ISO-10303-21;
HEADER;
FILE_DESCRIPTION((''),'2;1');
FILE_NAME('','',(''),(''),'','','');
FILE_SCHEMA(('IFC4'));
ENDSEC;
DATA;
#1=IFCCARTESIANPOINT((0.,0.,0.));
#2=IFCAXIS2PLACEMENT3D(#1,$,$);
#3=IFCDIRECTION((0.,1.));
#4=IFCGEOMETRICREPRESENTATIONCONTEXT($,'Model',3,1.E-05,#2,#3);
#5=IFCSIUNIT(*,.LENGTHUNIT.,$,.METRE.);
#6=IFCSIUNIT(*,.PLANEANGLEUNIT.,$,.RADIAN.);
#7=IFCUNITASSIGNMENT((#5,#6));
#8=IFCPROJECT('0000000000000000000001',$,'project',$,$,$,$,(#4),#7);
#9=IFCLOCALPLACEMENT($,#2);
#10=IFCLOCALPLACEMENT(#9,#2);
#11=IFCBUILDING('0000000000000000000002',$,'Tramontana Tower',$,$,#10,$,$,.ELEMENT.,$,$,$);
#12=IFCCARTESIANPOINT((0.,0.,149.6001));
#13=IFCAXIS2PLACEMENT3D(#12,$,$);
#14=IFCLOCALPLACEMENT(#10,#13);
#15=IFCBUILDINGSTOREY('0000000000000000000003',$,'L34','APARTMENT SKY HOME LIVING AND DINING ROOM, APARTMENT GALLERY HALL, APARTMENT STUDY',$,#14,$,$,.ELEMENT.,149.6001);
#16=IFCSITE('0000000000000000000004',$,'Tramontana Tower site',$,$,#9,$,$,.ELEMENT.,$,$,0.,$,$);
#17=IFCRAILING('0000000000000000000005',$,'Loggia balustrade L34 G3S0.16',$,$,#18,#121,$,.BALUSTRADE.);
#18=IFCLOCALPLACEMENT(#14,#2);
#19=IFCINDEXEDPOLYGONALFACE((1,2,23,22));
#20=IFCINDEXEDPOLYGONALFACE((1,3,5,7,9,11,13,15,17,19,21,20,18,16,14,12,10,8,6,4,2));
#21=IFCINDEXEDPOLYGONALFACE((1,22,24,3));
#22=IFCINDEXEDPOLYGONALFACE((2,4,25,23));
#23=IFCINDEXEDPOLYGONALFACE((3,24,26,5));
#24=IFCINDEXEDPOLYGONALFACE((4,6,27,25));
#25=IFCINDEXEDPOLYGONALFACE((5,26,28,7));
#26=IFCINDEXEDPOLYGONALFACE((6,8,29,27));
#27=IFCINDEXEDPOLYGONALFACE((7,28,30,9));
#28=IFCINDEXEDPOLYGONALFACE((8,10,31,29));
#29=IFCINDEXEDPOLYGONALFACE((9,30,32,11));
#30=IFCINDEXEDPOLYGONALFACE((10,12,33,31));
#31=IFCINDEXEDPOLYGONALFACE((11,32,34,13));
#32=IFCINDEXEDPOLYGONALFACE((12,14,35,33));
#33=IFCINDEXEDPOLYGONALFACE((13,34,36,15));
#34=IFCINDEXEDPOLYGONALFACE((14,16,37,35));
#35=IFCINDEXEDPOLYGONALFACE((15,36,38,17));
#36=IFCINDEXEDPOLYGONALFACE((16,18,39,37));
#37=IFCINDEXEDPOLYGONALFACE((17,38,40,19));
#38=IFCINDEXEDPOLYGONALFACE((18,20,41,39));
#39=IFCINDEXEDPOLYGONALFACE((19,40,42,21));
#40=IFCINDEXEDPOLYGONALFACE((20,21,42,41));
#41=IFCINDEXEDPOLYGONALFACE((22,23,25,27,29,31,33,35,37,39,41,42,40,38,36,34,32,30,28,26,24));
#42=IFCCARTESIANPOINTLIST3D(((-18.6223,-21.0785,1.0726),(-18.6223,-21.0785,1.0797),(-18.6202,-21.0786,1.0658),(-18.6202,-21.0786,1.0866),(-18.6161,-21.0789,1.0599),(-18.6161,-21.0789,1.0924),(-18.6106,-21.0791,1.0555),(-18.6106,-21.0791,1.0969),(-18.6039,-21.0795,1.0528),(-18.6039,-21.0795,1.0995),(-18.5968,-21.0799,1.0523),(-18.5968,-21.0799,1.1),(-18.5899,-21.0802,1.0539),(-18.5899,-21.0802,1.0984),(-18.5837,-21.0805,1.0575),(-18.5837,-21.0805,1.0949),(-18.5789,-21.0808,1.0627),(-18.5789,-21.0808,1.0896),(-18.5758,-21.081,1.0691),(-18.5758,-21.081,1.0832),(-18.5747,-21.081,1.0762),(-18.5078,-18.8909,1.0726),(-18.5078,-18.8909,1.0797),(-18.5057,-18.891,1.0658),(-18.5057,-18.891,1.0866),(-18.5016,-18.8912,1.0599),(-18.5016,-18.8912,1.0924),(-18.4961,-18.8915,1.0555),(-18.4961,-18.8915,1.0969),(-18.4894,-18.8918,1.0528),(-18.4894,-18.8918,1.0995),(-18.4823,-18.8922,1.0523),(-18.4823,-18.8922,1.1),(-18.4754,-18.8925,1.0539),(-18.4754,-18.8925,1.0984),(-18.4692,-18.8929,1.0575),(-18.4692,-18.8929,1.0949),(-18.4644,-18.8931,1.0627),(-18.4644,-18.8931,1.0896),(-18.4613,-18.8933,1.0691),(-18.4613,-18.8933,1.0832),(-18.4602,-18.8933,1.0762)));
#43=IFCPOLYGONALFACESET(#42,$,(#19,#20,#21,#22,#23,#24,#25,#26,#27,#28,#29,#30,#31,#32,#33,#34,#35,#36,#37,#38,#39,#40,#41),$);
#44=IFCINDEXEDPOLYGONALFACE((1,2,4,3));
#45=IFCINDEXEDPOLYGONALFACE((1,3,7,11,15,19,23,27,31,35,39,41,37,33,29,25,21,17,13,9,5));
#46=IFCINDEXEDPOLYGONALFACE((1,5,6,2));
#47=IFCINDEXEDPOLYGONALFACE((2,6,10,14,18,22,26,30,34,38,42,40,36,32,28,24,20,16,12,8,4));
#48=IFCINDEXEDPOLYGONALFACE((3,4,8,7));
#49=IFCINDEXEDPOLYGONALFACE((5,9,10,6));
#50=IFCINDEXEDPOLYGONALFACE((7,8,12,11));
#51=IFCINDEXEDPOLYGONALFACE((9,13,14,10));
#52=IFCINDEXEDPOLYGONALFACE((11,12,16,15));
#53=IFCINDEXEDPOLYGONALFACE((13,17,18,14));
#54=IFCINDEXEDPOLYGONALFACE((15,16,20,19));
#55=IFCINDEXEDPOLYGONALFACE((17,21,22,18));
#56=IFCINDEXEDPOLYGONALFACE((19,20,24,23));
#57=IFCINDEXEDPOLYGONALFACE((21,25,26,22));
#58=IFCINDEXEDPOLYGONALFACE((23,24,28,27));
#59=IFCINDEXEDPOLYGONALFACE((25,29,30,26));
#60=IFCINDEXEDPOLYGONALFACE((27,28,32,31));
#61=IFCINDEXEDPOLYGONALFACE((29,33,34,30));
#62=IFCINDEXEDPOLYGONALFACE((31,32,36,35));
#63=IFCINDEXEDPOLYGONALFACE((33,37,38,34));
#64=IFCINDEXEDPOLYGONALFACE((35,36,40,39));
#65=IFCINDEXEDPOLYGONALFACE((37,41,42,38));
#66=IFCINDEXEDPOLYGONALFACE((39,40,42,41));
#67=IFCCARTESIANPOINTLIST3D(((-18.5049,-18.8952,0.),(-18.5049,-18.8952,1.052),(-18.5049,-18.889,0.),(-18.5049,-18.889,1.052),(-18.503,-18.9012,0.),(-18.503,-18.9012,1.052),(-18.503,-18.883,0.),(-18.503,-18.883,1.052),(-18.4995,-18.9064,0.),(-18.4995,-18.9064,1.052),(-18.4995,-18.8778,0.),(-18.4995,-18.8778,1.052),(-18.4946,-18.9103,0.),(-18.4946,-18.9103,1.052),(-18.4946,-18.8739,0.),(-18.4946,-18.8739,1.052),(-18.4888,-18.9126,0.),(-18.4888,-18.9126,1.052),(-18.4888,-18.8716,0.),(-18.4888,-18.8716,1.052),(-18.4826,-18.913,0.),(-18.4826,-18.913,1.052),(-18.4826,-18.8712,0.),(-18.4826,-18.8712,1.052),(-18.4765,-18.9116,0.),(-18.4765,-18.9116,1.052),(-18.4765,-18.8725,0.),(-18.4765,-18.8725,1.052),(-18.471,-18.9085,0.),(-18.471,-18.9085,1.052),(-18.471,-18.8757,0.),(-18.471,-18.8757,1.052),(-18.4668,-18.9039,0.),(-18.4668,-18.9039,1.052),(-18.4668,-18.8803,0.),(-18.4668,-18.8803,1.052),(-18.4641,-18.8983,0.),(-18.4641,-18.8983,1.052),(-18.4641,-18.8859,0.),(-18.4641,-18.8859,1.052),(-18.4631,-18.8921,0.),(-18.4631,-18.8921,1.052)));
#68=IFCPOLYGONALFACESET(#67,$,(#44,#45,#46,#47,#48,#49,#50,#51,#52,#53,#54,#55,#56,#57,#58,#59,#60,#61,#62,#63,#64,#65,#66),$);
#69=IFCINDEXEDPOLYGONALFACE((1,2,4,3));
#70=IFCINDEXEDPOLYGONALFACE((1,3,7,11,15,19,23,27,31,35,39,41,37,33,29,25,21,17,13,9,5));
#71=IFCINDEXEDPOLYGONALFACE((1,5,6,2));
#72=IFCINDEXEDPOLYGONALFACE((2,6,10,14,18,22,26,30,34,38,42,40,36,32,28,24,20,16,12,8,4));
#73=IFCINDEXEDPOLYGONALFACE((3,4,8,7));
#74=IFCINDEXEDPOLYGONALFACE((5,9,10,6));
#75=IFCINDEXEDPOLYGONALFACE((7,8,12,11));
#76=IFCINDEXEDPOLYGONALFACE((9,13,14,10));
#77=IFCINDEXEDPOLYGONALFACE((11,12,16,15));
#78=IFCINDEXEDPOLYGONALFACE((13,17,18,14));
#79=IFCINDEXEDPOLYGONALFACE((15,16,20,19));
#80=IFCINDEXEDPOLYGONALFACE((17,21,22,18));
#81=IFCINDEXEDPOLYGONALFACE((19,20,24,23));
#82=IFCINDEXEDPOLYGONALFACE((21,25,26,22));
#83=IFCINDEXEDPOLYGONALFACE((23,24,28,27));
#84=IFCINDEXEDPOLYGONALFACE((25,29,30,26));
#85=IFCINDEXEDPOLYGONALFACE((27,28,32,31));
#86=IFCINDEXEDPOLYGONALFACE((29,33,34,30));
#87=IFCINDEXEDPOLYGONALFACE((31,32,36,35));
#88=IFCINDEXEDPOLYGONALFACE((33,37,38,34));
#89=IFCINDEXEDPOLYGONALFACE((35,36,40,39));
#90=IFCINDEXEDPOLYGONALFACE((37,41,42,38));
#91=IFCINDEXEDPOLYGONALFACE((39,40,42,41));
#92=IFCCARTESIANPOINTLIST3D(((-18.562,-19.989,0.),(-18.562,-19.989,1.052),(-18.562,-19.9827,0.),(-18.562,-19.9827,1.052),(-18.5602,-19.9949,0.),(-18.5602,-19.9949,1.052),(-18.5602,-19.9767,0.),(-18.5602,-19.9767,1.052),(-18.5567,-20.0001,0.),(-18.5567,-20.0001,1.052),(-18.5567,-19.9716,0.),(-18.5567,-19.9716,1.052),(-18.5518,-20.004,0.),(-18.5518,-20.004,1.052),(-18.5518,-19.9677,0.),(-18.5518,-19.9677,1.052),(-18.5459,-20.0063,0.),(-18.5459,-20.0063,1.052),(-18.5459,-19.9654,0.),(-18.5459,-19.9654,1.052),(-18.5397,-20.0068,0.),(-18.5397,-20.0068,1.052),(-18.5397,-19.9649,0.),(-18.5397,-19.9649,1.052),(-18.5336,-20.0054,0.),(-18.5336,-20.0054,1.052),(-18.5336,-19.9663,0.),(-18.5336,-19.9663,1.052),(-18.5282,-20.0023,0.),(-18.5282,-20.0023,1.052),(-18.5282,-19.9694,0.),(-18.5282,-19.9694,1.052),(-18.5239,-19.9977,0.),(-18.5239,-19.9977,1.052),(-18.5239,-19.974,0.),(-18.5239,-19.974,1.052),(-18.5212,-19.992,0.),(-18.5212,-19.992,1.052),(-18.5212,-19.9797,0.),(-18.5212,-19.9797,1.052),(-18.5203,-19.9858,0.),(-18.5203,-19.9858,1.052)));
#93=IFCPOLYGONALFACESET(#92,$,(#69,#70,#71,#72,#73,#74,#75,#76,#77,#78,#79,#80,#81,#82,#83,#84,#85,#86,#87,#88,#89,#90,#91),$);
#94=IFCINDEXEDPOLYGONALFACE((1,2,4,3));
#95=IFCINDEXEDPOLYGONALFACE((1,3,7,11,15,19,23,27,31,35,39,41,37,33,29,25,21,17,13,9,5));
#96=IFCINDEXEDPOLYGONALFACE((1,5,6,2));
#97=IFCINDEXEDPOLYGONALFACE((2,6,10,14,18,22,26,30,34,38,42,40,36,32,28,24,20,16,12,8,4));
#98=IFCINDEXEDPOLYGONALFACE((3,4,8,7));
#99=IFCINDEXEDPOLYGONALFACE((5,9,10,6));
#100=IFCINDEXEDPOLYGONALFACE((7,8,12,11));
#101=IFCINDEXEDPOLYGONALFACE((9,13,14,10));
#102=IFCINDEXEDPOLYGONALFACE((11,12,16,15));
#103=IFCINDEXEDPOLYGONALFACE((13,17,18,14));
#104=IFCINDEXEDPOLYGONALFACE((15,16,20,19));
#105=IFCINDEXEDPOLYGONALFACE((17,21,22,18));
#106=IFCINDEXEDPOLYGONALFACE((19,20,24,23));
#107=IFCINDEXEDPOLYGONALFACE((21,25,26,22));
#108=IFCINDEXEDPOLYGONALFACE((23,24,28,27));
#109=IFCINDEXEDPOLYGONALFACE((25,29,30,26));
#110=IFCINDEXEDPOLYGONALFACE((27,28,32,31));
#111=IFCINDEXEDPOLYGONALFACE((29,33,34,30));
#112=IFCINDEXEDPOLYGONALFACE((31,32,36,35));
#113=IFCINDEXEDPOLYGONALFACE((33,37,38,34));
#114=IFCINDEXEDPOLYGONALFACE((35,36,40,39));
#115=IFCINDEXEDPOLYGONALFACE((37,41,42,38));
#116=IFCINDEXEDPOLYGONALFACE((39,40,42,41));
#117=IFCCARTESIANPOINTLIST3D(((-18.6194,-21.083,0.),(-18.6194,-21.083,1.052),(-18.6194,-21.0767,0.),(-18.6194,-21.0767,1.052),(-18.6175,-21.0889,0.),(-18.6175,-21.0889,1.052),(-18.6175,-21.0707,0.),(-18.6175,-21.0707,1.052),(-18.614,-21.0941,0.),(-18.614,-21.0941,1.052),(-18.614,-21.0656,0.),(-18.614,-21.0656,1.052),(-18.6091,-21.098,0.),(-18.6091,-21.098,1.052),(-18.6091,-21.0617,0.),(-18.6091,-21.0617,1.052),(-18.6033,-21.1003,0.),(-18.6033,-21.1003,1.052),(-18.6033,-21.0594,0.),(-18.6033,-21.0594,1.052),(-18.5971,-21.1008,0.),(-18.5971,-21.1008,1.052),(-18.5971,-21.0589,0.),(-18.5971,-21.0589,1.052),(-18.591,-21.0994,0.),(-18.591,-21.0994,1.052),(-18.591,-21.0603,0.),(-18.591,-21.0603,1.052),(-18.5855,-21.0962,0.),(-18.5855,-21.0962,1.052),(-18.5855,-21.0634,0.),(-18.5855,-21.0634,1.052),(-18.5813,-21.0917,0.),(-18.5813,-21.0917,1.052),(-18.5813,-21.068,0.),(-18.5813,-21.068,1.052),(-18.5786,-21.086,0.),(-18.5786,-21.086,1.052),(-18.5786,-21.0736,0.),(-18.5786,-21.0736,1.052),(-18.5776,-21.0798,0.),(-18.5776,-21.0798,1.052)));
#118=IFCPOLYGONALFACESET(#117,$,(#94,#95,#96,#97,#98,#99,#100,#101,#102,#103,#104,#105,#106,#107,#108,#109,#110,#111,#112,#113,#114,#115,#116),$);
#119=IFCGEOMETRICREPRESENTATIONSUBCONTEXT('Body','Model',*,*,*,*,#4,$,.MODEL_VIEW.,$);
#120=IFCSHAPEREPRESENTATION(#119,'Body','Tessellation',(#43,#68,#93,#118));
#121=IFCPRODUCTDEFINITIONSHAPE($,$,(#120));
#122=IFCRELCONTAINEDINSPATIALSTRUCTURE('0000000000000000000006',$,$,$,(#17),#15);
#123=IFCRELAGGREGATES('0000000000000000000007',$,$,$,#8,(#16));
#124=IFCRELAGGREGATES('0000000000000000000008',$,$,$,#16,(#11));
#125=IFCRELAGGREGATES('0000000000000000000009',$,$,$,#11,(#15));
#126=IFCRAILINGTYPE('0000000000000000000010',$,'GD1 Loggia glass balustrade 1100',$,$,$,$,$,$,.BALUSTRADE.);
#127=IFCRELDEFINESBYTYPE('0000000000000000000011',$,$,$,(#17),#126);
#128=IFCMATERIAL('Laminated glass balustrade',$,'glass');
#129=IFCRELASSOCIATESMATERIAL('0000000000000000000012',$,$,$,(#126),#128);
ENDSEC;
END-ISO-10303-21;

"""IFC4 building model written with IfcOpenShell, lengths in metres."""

from ifc_helpers import new_model, si_unit, direction, frame, origin, origin_2d, place, context, subcontext, project, spatial, circle, extrude, material, type_object, element, save


model = new_model("IFC4")

# Units and contexts
model_context = context("Model", 3, precision=1e-05, world=origin(), true_north=direction((0.0, 1.0)))
body_context = subcontext(model_context, "Body", "Model", "MODEL_VIEW")
ifc_project = project(units=[si_unit("LENGTHUNIT", "METRE"), si_unit("PLANEANGLEUNIT", "RADIAN")], contexts=[model_context])

# Site, building, storey
site_placement = place(None, origin())
site = spatial("IfcSite", under=ifc_project, at=site_placement, Name="Tramontana Tower site", CompositionType="ELEMENT", RefElevation=0.0)
building_placement = place(site_placement, origin())
building = spatial("IfcBuilding", under=site, at=building_placement, Name="Tramontana Tower", CompositionType="ELEMENT")
storey_placement = place(building_placement, frame((0.0, 0.0, 149.6001)))
storey = spatial("IfcBuildingStorey", under=building, at=storey_placement, Name="L34", Description="APARTMENT SKY HOME LIVING AND DINING ROOM, APARTMENT GALLERY HALL, APARTMENT STUDY", CompositionType="ELEMENT", Elevation=149.6001)

# Railing
ifc_material_1 = material(Name="Laminated glass balustrade", Category="glass")
railing_type = type_object("IfcRailingType", Name="GD1 Loggia glass balustrade 1100", PredefinedType="BALUSTRADE", material=ifc_material_1)
railing_1_placement = place(storey_placement, frame((-18.4841, -18.8921, 0.0)))
element("IfcRailing", 1, at=railing_1_placement, inside=storey, type_object=railing_type, Name="Loggia balustrade L34 G3S0.16", PredefinedType="BALUSTRADE", context=body_context, shape_type="SweptSolid", body=[
    extrude(circle(Radius=0.0239, at=origin_2d()), frame((0.0, 0.0, 1.0762), z_axis=(-0.052266, -0.998633, 0.0), x_axis=(0.998633, -0.052266, 0.0)), (0.0, 0.0, 1.0), 2.1907),
    extrude(circle(Radius=0.021, at=origin_2d()), origin(), (0.0, 0.0, 1.0), 1.052),
    extrude(circle(Radius=0.021, at=origin_2d()), frame((-0.0571, -1.0938, 0.0)), (0.0, 0.0, 1.0), 1.052),
    extrude(circle(Radius=0.021, at=origin_2d()), frame((-0.1145, -2.1877, 0.0)), (0.0, 0.0, 1.0), 1.052),
])

save(model, "model.ifc")
